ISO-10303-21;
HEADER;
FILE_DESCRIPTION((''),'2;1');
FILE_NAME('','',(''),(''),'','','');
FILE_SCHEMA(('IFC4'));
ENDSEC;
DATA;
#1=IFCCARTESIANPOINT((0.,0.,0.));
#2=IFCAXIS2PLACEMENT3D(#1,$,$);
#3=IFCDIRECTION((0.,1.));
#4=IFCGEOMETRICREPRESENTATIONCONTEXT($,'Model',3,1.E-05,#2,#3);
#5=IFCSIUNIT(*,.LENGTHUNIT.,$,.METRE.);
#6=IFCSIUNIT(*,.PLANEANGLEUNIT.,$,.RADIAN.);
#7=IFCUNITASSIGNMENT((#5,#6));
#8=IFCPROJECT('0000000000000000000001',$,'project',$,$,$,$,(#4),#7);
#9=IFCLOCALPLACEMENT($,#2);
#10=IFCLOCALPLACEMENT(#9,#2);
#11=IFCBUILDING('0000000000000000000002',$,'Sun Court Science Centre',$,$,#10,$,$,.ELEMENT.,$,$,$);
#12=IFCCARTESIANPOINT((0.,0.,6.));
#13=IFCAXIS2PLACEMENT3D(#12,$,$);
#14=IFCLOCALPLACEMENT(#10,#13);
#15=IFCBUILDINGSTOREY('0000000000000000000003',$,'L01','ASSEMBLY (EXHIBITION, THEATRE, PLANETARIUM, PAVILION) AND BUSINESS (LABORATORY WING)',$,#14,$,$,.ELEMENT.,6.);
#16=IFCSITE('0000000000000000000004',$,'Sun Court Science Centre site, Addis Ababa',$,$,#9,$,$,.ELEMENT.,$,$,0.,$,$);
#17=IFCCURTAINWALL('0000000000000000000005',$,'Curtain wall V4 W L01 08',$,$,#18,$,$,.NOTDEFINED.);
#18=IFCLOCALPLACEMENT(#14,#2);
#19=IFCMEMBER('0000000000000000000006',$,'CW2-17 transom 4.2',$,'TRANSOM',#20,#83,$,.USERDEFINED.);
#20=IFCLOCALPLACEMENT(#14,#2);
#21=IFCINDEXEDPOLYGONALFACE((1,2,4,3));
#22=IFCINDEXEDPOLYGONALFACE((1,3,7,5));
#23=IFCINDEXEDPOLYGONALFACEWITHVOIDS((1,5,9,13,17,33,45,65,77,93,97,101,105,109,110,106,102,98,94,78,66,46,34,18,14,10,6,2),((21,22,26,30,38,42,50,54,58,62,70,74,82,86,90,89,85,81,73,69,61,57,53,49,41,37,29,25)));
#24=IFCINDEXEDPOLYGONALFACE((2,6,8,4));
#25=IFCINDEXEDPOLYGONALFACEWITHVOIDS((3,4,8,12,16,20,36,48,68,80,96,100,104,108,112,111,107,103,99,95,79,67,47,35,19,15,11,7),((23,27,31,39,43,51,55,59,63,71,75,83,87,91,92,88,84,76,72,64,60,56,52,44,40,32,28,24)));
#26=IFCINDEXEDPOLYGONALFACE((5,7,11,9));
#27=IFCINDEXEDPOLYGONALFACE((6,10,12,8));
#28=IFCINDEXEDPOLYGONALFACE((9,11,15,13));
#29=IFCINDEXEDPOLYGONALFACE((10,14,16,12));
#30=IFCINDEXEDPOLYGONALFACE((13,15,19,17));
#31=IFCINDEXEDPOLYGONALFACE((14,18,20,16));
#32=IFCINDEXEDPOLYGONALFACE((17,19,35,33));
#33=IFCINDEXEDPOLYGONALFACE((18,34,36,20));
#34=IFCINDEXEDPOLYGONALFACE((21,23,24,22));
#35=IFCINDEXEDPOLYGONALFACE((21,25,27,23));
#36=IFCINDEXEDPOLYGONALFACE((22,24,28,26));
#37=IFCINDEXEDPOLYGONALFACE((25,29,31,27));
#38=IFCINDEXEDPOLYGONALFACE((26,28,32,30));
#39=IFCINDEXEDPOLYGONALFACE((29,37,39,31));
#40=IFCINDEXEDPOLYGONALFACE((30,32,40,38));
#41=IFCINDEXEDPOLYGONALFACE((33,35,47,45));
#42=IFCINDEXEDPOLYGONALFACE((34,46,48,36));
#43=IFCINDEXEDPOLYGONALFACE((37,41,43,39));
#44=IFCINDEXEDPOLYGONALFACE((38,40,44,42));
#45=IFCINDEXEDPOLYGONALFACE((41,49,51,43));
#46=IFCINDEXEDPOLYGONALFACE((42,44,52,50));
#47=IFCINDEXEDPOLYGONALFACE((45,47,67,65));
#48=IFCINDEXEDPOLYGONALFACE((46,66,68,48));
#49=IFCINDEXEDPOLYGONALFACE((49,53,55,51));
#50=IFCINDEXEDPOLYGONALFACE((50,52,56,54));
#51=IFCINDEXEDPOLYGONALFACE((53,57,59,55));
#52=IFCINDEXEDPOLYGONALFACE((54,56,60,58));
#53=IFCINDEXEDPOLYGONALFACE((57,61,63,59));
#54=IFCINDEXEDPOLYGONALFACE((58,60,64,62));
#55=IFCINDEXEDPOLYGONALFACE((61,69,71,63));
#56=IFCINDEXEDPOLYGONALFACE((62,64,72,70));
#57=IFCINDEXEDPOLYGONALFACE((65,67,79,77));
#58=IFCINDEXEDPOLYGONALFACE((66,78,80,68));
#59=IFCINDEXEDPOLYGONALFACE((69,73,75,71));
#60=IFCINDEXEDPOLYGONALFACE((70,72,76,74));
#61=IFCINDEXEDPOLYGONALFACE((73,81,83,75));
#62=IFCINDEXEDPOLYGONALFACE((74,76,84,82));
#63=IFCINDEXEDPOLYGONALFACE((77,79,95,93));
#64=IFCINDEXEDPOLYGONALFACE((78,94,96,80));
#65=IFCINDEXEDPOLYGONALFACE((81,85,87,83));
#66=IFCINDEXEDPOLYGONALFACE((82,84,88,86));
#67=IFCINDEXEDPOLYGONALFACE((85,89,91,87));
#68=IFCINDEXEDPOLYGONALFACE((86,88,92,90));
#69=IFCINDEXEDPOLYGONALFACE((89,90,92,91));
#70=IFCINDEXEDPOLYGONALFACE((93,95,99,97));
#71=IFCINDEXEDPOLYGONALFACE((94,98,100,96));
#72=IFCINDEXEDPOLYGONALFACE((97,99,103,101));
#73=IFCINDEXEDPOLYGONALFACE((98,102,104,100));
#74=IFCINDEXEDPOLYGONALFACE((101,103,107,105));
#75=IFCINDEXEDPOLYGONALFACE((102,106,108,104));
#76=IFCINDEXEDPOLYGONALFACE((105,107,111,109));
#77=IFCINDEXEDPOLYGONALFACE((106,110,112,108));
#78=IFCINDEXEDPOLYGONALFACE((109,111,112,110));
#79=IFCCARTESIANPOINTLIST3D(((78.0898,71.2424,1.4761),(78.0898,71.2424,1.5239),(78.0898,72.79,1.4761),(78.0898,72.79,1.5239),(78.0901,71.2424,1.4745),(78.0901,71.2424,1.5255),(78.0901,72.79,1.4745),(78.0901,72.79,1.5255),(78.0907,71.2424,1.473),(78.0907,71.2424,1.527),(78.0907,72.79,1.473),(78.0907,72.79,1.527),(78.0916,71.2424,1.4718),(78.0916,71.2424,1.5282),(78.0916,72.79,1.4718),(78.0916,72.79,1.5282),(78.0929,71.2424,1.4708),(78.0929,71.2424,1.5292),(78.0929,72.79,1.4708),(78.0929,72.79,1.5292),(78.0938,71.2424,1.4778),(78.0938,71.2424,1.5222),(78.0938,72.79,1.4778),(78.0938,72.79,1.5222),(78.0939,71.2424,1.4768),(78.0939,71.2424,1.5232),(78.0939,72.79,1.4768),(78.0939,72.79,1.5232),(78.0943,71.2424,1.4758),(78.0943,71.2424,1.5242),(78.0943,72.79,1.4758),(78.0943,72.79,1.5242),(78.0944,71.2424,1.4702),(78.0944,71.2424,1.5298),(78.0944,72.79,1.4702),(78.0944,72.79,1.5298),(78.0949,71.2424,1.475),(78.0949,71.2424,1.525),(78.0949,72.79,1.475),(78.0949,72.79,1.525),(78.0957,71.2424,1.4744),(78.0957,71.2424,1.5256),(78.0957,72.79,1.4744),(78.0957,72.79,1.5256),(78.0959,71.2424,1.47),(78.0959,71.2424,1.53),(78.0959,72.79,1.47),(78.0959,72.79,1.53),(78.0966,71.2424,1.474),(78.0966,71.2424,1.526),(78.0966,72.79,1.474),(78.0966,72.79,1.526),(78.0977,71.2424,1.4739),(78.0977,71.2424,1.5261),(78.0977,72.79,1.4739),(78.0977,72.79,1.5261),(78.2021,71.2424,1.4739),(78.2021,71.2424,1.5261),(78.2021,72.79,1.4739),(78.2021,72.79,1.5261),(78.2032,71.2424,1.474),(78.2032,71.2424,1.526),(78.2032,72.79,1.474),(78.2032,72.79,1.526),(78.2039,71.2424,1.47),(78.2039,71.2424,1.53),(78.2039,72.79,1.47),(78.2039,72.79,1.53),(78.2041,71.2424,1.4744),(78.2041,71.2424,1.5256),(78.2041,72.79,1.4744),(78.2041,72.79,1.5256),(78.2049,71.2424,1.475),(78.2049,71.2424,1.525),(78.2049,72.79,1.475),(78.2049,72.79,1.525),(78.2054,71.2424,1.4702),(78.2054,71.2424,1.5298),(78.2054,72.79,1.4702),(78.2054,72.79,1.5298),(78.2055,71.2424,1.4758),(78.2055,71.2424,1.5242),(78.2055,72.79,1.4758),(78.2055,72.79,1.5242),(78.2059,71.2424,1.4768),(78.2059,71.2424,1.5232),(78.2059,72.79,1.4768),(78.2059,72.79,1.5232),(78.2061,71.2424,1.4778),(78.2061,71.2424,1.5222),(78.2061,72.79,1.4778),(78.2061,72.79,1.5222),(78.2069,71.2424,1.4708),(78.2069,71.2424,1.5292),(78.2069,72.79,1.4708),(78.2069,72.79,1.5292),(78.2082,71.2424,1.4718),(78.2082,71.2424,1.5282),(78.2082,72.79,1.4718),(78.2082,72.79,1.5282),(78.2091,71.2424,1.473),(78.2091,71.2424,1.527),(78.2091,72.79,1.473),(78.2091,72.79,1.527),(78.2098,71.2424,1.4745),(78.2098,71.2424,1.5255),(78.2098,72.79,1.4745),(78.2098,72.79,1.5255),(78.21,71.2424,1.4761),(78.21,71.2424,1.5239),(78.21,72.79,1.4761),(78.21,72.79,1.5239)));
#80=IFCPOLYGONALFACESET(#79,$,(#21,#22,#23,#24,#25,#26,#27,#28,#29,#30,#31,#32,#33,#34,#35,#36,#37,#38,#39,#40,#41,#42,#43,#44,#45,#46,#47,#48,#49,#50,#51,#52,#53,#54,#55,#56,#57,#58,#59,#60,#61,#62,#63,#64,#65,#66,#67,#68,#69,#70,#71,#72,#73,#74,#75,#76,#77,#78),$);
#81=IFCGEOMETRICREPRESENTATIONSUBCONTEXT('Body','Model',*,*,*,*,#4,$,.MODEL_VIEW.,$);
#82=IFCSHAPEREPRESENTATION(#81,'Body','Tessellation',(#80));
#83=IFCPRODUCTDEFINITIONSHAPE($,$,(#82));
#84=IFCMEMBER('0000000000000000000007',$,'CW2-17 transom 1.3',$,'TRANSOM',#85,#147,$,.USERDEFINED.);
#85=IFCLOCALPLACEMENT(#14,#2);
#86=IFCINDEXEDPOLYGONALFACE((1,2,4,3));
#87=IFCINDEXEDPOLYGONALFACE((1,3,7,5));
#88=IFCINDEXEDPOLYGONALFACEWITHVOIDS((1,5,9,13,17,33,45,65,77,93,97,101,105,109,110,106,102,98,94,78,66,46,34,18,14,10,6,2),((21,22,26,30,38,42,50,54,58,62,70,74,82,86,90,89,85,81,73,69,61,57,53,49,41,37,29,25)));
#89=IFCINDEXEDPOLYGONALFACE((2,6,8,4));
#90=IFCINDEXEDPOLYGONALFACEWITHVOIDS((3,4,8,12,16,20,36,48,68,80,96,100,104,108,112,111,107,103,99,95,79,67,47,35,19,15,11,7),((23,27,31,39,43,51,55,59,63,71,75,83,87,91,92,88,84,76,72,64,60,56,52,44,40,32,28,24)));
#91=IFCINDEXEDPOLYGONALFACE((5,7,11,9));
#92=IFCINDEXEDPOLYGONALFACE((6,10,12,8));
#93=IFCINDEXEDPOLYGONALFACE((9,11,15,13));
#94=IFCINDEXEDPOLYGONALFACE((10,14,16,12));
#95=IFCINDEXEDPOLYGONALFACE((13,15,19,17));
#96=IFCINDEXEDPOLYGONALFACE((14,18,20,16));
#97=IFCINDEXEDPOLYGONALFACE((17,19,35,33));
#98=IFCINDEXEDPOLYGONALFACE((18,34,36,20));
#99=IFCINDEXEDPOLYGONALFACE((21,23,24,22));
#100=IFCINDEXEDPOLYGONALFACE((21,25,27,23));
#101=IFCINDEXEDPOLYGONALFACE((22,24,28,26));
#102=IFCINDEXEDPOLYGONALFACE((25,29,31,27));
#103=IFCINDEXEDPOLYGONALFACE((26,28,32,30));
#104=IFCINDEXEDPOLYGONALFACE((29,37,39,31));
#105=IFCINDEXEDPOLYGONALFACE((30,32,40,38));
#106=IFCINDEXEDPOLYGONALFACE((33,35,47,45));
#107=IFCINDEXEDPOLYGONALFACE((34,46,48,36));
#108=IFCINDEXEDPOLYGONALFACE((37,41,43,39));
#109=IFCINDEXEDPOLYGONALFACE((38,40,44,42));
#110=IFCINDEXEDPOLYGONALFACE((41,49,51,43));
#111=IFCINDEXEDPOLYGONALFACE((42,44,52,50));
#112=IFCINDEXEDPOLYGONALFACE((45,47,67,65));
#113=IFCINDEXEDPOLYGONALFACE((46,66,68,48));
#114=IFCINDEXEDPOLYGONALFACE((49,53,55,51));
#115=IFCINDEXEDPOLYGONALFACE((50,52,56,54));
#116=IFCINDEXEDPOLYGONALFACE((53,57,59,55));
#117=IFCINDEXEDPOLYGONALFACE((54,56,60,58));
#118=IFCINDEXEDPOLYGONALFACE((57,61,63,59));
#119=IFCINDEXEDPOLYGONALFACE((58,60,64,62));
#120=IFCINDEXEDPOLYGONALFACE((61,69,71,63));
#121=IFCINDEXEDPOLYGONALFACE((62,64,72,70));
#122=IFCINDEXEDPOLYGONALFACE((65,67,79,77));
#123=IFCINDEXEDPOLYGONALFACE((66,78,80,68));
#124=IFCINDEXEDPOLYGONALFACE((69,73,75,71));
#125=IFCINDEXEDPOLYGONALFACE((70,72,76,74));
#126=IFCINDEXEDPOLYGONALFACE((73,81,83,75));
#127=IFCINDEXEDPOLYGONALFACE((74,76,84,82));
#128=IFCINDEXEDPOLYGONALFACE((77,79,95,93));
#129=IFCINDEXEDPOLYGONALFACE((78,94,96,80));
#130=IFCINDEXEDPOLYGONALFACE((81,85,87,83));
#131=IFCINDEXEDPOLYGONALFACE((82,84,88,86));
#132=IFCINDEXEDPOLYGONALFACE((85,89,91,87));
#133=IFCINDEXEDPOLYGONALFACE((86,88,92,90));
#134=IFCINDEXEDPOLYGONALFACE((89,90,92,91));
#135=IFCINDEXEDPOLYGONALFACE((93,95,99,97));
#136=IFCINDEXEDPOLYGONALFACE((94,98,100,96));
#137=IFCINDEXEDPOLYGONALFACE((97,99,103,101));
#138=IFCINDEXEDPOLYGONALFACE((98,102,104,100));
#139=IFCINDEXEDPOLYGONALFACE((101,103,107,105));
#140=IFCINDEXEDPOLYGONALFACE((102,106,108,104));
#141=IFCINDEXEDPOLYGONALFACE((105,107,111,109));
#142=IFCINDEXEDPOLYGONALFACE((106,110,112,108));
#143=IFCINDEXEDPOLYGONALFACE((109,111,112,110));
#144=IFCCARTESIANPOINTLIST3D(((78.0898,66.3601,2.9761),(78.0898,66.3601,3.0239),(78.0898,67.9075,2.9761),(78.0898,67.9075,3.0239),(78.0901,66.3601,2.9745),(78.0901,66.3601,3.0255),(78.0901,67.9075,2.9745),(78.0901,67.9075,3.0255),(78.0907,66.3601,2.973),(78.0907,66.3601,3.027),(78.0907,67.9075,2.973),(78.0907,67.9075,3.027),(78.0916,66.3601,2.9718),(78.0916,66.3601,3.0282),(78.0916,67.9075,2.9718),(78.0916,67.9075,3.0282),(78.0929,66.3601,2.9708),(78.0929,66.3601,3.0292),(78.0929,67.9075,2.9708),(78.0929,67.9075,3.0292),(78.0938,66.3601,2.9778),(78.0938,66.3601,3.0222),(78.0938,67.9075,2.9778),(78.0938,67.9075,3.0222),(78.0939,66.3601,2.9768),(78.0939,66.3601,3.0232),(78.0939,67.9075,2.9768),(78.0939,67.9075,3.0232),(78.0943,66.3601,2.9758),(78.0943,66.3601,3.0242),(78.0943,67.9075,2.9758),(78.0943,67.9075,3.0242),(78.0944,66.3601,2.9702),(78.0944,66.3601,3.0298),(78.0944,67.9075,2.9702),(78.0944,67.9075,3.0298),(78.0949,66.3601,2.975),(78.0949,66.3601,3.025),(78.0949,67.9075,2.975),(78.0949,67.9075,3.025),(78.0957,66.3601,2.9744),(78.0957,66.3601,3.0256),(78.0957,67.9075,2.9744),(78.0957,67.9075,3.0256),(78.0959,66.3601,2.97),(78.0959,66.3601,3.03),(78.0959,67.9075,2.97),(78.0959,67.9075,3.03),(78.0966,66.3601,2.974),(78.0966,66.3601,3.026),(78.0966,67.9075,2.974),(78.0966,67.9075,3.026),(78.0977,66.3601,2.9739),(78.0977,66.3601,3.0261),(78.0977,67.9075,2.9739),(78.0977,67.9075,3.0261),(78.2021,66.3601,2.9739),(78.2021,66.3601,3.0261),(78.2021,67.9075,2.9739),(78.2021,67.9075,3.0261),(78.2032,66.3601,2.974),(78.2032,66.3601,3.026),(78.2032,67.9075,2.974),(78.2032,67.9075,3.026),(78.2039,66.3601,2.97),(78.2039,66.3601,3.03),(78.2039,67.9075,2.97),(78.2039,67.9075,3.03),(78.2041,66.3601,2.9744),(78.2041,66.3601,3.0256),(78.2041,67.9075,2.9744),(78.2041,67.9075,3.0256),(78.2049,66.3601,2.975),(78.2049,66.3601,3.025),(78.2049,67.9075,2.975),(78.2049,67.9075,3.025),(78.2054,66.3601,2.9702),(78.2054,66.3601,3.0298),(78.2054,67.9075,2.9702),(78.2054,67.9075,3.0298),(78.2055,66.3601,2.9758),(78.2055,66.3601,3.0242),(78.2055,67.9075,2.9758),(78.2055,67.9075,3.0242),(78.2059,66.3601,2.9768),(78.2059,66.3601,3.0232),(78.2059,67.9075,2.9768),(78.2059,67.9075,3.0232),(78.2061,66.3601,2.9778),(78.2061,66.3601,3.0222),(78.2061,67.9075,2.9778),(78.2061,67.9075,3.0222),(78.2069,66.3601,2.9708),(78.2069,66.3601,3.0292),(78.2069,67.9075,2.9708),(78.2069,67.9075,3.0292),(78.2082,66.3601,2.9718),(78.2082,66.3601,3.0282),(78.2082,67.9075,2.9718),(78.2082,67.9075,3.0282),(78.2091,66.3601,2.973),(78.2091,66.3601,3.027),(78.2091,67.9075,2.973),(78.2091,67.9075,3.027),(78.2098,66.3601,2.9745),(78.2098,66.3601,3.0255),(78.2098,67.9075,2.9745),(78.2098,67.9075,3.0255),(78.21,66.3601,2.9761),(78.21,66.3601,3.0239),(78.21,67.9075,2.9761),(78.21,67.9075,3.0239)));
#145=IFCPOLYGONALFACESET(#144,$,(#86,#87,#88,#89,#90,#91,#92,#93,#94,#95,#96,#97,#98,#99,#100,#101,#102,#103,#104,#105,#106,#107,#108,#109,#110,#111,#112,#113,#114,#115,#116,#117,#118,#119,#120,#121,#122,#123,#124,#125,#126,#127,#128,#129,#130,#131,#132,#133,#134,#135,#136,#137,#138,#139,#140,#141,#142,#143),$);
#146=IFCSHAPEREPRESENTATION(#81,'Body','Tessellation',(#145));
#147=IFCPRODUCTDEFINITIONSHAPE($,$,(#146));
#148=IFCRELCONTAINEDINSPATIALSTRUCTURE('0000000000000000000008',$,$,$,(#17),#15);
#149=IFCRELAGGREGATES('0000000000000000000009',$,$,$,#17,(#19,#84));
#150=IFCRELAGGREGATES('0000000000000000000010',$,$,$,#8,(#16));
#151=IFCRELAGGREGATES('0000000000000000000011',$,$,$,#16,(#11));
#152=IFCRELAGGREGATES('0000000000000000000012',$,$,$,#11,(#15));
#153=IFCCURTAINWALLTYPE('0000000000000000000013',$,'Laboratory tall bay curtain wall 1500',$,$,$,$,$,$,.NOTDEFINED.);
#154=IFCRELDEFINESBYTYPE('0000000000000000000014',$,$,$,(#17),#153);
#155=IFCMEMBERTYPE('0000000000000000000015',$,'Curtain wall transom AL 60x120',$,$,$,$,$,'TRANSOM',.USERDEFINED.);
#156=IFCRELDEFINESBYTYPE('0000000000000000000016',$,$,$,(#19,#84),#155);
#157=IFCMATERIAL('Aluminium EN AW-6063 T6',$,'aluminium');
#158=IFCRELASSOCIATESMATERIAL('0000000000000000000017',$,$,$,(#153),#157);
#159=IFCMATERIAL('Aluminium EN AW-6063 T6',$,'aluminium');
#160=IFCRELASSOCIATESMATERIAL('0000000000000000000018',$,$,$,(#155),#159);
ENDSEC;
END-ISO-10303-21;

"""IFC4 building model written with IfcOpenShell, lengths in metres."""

from ifc_helpers import new_model, si_unit, direction, frame, origin, origin_2d, place, context, subcontext, project, spatial, hollow_rectangle, extrude, material, material_profile, profile_set, type_object, element, aggregate, save


model = new_model("IFC4")

# Units and contexts
model_context = context("Model", 3, precision=1e-05, world=origin(), true_north=direction((0.0, 1.0)))
body_context = subcontext(model_context, "Body", "Model", "MODEL_VIEW")
ifc_project = project(units=[si_unit("LENGTHUNIT", "METRE"), si_unit("PLANEANGLEUNIT", "RADIAN")], contexts=[model_context])

# Site, building, storey
site_placement = place(None, origin())
site = spatial("IfcSite", under=ifc_project, at=site_placement, Name="Sun Court Science Centre site, Addis Ababa", CompositionType="ELEMENT", RefElevation=0.0)
building_placement = place(site_placement, origin())
building = spatial("IfcBuilding", under=site, at=building_placement, Name="Sun Court Science Centre", CompositionType="ELEMENT")
storey_placement = place(building_placement, frame((0.0, 0.0, 6.0)))
storey = spatial("IfcBuildingStorey", under=building, at=storey_placement, Name="L01", Description="ASSEMBLY (EXHIBITION, THEATRE, PLANETARIUM, PAVILION) AND BUSINESS (LABORATORY WING)", CompositionType="ELEMENT", Elevation=6.0)

# Shared definitions
ifc_material_1 = material(Name="Aluminium EN AW-6063 T6", Category="aluminium")
curtain_wall_type = type_object("IfcCurtainWallType", Name="Laboratory tall bay curtain wall 1500", PredefinedType="NOTDEFINED", material=ifc_material_1)

# Curtain wall
curtain_wall_1_placement = place(storey_placement, origin())
curtain_wall_1 = element("IfcCurtainWall", 1, at=curtain_wall_1_placement, inside=storey, type_object=curtain_wall_type, Name="Curtain wall V4 W L01 08", PredefinedType="NOTDEFINED")

# Members
ifc_material_2 = material(Name="Aluminium EN AW-6063 T6", Category="aluminium")
ifc_material_profile_1 = material_profile(ifc_material_2, hollow_rectangle(XDim=0.0601, YDim=0.1201, WallThickness=0.0039, InnerFilletRadius=0.0039, OuterFilletRadius=0.0061, at=origin_2d()), Name="AL 60x120x4")
ifc_profile_set_1 = profile_set([ifc_material_profile_1], Name="Aluminium EN AW-6063 T6")
member_type_1 = type_object("IfcMemberType", Name="Curtain wall transom AL 60x120", ElementType="TRANSOM", PredefinedType="USERDEFINED", material=ifc_profile_set_1)
member_1_placement = place(storey_placement, frame((78.1499, 71.2424, 1.5), z_axis=(0.0, 1.0, 0.0), x_axis=(0.0, 0.0, 1.0)))
member_1 = element("IfcMember", 2, at=member_1_placement, type_object=member_type_1, Name="CW2-17 transom 4.2", ObjectType="TRANSOM", PredefinedType="USERDEFINED", context=body_context, shape_type="SweptSolid", body=[
    extrude(hollow_rectangle(XDim=0.0601, YDim=0.1201, WallThickness=0.0039, InnerFilletRadius=0.0039, OuterFilletRadius=0.0061, at=origin_2d()), origin(), (0.0, 0.0, 1.0), 1.5476),
])
member_2_placement = place(storey_placement, frame((78.1499, 66.3601, 3.0), z_axis=(0.0, 1.0, 0.0), x_axis=(0.0, 0.0, 1.0)))
member_2 = element("IfcMember", 3, at=member_2_placement, type_object=member_type_1, Name="CW2-17 transom 1.3", ObjectType="TRANSOM", PredefinedType="USERDEFINED", context=body_context, shape_type="SweptSolid", body=[
    extrude(hollow_rectangle(XDim=0.0601, YDim=0.1201, WallThickness=0.0039, InnerFilletRadius=0.0039, OuterFilletRadius=0.0061, at=origin_2d()), origin(), (0.0, 0.0, 1.0), 1.5474),
])

aggregate(curtain_wall_1, [member_1, member_2])

save(model, "model.ifc")
